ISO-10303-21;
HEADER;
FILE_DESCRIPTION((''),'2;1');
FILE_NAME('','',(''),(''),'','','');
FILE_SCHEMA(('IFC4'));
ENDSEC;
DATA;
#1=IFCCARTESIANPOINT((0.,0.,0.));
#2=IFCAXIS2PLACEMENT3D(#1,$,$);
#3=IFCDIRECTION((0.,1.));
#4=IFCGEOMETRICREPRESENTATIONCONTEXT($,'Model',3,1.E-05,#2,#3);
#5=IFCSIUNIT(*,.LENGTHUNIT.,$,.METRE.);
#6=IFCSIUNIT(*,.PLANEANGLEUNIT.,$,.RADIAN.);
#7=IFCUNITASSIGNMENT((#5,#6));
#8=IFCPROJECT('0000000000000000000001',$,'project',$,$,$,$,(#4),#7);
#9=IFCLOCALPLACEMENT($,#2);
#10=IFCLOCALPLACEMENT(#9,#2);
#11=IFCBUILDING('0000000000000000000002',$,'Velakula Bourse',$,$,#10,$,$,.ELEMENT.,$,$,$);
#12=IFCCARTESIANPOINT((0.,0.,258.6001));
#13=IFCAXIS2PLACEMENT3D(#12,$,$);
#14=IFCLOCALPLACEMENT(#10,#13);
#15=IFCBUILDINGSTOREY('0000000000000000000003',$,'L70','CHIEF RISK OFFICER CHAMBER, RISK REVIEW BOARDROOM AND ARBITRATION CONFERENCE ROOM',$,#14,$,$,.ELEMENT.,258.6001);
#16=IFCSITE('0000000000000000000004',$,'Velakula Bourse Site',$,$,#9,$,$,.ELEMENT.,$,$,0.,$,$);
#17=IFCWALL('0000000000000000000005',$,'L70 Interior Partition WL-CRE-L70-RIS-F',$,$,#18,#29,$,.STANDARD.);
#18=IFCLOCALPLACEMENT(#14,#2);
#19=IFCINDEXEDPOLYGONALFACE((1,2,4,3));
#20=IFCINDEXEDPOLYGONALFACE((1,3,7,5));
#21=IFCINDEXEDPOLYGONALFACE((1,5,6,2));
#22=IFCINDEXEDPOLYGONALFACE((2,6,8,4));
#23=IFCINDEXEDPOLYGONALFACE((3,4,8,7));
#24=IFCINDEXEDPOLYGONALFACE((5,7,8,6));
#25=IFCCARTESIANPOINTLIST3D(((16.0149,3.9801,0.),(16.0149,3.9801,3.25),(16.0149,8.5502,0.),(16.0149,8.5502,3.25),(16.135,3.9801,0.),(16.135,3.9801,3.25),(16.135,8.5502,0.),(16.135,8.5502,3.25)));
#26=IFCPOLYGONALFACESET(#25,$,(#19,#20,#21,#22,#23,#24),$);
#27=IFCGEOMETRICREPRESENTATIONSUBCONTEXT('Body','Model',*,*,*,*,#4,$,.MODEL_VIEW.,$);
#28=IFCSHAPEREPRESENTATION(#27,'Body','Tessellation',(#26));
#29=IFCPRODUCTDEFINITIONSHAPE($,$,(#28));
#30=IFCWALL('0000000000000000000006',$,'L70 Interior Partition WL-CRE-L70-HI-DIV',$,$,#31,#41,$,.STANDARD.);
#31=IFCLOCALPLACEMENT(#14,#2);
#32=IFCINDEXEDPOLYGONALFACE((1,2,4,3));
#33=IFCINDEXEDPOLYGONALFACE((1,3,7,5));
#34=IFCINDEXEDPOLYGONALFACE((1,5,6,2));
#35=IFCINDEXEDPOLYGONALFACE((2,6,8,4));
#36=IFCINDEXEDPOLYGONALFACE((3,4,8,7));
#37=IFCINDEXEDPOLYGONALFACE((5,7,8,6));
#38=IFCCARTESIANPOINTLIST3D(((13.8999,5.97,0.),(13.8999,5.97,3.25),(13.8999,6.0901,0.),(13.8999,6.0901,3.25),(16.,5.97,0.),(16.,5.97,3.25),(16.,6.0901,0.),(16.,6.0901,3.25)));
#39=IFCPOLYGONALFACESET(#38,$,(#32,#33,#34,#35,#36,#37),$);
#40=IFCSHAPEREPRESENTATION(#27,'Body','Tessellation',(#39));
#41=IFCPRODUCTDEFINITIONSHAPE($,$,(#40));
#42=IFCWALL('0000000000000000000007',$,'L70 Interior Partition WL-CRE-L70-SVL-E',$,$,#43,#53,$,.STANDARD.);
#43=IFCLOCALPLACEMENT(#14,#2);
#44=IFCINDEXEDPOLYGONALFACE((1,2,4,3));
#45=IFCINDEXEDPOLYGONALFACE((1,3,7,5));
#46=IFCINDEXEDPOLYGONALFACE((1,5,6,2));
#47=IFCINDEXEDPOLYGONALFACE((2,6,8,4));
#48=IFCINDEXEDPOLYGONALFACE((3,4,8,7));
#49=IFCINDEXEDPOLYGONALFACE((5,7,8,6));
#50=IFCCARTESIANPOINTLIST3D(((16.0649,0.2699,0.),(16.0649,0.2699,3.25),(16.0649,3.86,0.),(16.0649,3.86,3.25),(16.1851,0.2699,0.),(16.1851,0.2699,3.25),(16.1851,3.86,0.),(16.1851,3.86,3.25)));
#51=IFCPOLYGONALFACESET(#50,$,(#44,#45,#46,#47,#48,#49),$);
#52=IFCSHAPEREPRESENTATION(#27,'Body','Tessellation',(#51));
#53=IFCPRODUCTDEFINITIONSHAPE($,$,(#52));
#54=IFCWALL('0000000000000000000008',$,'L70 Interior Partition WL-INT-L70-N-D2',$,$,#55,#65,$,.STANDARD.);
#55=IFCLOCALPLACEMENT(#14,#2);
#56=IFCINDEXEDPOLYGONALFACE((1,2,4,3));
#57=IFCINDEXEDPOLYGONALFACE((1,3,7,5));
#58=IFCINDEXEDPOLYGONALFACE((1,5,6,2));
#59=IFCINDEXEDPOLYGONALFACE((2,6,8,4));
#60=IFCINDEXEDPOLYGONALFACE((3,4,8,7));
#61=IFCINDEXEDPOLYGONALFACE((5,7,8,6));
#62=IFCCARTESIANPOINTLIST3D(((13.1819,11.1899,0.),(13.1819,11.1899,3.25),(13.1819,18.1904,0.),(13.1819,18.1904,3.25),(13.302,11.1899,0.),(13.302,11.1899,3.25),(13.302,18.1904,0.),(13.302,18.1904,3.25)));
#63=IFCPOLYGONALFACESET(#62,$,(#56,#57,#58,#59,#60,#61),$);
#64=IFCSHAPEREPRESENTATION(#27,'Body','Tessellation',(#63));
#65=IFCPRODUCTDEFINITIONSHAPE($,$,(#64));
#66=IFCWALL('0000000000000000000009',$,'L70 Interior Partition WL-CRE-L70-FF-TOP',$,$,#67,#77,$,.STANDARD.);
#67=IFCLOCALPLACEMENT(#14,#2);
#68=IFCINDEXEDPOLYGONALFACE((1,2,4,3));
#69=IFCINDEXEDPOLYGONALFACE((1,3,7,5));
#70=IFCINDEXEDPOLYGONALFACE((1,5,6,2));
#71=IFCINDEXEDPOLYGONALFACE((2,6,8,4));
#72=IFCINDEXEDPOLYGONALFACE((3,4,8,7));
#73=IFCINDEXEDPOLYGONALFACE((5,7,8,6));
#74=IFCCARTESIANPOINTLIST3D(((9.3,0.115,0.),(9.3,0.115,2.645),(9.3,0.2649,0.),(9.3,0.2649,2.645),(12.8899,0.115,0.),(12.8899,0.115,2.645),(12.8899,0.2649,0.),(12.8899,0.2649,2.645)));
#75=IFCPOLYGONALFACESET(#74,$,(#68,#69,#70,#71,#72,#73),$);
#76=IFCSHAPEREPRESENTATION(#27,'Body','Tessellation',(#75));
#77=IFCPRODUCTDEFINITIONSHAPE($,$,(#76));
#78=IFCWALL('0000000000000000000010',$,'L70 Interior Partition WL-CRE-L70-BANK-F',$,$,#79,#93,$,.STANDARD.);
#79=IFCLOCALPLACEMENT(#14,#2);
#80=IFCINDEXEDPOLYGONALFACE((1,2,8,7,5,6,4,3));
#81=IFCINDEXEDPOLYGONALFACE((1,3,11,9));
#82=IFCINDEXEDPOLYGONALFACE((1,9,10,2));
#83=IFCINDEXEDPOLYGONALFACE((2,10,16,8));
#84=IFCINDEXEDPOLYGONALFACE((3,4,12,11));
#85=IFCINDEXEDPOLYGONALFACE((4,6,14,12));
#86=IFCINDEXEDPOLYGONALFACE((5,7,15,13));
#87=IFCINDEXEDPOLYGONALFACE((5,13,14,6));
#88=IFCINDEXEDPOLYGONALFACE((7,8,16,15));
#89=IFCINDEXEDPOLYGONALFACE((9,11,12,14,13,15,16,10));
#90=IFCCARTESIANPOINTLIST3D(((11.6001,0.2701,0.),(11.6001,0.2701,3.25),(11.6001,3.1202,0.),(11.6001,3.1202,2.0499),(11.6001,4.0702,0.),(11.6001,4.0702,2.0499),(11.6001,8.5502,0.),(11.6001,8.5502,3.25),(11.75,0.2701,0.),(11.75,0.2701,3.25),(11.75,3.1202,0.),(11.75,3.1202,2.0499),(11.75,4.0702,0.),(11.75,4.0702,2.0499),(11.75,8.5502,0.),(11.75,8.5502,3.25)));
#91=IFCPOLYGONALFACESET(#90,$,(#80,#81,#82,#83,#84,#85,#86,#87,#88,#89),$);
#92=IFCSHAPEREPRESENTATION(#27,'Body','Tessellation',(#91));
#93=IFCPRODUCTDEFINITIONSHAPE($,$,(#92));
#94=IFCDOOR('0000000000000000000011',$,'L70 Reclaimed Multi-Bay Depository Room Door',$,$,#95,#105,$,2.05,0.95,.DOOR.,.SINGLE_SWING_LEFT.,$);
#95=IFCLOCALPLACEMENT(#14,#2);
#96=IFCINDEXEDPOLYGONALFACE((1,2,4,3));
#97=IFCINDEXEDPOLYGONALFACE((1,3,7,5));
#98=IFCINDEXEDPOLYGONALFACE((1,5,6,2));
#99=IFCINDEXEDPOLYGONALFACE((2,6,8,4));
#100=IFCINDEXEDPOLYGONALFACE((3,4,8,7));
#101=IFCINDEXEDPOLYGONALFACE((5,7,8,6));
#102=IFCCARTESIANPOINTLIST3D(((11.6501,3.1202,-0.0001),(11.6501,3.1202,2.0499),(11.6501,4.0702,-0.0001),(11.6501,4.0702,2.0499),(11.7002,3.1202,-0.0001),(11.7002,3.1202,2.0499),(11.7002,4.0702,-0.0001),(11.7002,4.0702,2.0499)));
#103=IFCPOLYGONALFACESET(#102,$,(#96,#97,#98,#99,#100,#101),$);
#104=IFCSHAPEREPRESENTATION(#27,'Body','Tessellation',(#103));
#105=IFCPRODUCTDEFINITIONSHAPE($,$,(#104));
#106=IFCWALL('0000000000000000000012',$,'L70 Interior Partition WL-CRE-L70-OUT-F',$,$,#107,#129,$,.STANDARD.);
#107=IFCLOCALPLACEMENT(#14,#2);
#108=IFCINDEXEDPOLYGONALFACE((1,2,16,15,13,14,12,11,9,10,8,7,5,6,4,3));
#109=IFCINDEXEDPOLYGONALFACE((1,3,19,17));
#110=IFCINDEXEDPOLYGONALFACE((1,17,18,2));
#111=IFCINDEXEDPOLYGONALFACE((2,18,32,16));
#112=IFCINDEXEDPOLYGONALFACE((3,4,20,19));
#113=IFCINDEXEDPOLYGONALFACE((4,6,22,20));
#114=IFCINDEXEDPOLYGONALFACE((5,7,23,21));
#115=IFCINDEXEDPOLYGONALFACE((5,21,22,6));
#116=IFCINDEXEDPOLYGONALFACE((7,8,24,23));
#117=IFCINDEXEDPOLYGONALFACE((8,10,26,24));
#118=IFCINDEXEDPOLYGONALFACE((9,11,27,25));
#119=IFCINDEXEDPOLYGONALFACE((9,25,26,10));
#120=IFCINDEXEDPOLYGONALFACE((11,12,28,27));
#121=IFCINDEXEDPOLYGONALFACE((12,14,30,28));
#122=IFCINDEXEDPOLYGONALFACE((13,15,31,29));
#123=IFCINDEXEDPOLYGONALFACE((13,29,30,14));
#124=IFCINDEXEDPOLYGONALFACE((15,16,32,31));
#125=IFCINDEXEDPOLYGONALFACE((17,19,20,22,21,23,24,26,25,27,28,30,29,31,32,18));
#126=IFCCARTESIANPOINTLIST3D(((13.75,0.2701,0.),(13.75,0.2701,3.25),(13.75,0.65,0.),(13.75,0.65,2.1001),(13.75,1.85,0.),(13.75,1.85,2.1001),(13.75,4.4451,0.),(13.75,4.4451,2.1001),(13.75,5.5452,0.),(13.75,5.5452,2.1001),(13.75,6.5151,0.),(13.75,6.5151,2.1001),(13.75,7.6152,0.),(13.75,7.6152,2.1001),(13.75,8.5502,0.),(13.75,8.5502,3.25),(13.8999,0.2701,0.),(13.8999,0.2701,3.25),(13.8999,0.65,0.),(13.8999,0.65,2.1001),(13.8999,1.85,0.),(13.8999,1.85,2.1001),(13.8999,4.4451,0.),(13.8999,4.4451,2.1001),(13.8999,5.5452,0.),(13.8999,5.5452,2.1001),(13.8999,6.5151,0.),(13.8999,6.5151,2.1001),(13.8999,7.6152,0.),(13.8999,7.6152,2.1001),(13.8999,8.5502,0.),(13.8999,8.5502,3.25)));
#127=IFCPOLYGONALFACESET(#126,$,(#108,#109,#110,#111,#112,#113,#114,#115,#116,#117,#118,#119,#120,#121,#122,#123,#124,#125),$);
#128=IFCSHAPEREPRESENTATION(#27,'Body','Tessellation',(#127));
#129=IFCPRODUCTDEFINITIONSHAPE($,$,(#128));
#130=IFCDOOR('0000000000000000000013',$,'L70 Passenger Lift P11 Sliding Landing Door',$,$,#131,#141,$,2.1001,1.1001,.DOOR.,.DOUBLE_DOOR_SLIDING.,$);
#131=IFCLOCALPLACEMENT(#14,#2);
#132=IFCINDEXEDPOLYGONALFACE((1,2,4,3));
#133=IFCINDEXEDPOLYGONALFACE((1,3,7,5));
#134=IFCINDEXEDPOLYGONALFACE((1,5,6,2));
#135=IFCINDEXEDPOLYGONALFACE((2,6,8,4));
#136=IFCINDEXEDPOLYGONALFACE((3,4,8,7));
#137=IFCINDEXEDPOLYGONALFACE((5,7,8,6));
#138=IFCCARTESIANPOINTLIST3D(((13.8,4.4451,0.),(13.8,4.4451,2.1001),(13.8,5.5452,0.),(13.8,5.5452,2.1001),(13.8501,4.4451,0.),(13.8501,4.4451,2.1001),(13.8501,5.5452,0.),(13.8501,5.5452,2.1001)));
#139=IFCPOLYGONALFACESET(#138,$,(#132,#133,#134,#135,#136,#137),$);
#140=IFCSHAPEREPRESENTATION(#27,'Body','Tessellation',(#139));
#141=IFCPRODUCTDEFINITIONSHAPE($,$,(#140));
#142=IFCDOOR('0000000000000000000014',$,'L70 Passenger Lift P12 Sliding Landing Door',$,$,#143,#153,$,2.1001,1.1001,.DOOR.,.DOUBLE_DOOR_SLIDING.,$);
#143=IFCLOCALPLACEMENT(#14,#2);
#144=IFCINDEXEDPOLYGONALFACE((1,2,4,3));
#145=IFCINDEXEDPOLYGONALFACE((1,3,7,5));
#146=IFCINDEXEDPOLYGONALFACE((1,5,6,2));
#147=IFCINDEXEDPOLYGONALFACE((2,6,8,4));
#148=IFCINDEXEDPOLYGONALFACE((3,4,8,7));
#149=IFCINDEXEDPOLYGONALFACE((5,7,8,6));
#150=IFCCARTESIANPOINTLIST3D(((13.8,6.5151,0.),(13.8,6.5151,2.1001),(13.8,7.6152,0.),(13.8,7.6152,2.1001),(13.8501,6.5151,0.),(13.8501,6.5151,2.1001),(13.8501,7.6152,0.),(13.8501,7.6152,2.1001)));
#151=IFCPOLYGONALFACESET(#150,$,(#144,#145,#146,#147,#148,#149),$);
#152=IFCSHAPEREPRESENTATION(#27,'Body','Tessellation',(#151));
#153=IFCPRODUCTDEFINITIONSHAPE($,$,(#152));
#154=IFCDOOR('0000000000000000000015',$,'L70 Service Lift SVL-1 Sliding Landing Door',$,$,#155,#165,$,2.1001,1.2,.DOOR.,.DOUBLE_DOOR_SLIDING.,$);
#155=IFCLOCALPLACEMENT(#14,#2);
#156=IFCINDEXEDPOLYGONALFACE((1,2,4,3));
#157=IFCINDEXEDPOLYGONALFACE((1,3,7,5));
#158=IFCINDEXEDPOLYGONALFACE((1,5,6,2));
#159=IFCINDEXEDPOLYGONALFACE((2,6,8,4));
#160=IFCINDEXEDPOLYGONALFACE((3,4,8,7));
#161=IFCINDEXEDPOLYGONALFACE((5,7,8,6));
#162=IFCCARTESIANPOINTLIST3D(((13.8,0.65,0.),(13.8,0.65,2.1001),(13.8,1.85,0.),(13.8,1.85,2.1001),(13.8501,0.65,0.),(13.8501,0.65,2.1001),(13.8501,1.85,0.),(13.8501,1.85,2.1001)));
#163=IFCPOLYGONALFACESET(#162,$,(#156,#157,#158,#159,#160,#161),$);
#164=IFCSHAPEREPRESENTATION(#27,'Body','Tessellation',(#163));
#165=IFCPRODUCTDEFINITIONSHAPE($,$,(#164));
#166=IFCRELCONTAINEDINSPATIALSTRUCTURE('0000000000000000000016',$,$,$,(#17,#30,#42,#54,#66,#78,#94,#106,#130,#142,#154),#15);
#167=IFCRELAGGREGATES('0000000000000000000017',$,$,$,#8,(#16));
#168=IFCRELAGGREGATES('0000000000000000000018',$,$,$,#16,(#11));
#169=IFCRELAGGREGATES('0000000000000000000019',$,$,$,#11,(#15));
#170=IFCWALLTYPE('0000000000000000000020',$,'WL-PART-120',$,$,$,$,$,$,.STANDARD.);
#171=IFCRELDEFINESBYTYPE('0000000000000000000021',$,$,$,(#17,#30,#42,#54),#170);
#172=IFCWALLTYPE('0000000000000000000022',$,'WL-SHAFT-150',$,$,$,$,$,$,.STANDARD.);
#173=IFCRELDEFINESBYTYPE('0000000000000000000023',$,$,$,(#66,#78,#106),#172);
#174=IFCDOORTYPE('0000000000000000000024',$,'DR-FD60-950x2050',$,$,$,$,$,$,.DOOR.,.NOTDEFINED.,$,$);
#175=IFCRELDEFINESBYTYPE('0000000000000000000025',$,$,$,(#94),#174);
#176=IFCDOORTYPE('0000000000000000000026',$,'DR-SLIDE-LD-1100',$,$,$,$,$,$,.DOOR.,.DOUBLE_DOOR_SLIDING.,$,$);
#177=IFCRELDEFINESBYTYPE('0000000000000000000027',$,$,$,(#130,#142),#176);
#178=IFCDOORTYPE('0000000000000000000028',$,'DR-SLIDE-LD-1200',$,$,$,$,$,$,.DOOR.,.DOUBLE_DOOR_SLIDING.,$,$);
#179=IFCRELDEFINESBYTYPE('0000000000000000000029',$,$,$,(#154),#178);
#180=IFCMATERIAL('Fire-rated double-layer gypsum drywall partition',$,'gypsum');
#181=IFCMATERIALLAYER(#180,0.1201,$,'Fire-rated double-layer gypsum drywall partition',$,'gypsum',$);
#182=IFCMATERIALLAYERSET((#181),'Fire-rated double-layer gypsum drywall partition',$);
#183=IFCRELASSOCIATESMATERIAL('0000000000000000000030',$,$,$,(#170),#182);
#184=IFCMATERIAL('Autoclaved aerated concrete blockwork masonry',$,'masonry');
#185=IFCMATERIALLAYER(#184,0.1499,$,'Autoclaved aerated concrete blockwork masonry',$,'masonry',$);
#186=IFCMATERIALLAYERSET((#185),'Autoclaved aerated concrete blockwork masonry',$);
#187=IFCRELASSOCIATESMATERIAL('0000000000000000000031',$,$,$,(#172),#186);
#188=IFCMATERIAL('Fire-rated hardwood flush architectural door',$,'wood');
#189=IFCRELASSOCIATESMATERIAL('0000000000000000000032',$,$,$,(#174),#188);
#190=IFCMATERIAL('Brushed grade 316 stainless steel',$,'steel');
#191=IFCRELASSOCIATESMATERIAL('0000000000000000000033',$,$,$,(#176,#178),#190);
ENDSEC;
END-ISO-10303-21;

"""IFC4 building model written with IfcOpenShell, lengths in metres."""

from ifc_helpers import new_model, si_unit, direction, frame, frame_2d, origin, place, context, subcontext, project, spatial, rectangle, extrude, material, layer, layer_set, type_object, element, fill, save


model = new_model("IFC4")

# Units and contexts
model_context = context("Model", 3, precision=1e-05, world=origin(), true_north=direction((0.0, 1.0)))
body_context = subcontext(model_context, "Body", "Model", "MODEL_VIEW")
ifc_project = project(units=[si_unit("LENGTHUNIT", "METRE"), si_unit("PLANEANGLEUNIT", "RADIAN")], contexts=[model_context])

# Site, building, storey
site_placement = place(None, origin())
site = spatial("IfcSite", under=ifc_project, at=site_placement, Name="Velakula Bourse Site", CompositionType="ELEMENT", RefElevation=0.0)
building_placement = place(site_placement, origin())
building = spatial("IfcBuilding", under=site, at=building_placement, Name="Velakula Bourse", CompositionType="ELEMENT")
storey_placement = place(building_placement, frame((0.0, 0.0, 258.6001)))
storey = spatial("IfcBuildingStorey", under=building, at=storey_placement, Name="L70", Description="CHIEF RISK OFFICER CHAMBER, RISK REVIEW BOARDROOM AND ARBITRATION CONFERENCE ROOM", CompositionType="ELEMENT", Elevation=258.6001)

# Walls
ifc_material_1 = material(Name="Fire-rated double-layer gypsum drywall partition", Category="gypsum")
ifc_layer_1 = layer(ifc_material_1, 0.1201, Name="Fire-rated double-layer gypsum drywall partition", Category="gypsum")
ifc_layer_set_1 = layer_set([ifc_layer_1], Name="Fire-rated double-layer gypsum drywall partition")
wall_type_1 = type_object("IfcWallType", Name="WL-PART-120", PredefinedType="STANDARD", material=ifc_layer_set_1)
wall_1_placement = place(storey_placement, frame((16.075, 3.98, 0.0), z_axis=(0.0, 0.0, 1.0), x_axis=(0.0, 1.0, 0.0)))
element("IfcWall", 1, at=wall_1_placement, inside=storey, type_object=wall_type_1, Name="L70 Interior Partition WL-CRE-L70-RIS-F", PredefinedType="STANDARD", context=body_context, shape_type="SweptSolid", body=[
    extrude(rectangle(XDim=4.5701, YDim=0.1201, at=frame_2d((2.2852, 0.0))), origin(), (0.0, 0.0, 1.0), 3.25),
])
wall_2_placement = place(storey_placement, frame((13.8999, 6.03, 0.0), z_axis=(0.0, 0.0, 1.0), x_axis=(1.0, 0.0, 0.0)))
element("IfcWall", 2, at=wall_2_placement, inside=storey, type_object=wall_type_1, Name="L70 Interior Partition WL-CRE-L70-HI-DIV", PredefinedType="STANDARD", context=body_context, shape_type="SweptSolid", body=[
    extrude(rectangle(XDim=2.1001, YDim=0.1201, at=frame_2d((1.05, 0.0))), origin(), (0.0, 0.0, 1.0), 3.25),
])
wall_3_placement = place(storey_placement, frame((16.125, 0.27, 0.0), z_axis=(0.0, 0.0, 1.0), x_axis=(0.0, 1.0, 0.0)))
element("IfcWall", 3, at=wall_3_placement, inside=storey, type_object=wall_type_1, Name="L70 Interior Partition WL-CRE-L70-SVL-E", PredefinedType="STANDARD", context=body_context, shape_type="SweptSolid", body=[
    extrude(rectangle(XDim=3.5901, YDim=0.1201, at=frame_2d((1.7949, 0.0))), origin(), (0.0, 0.0, 1.0), 3.25),
])
wall_4_placement = place(storey_placement, frame((13.2419, 11.1899, 0.0), z_axis=(0.0, 0.0, 1.0), x_axis=(0.0, 1.0, 0.0)))
element("IfcWall", 4, at=wall_4_placement, inside=storey, type_object=wall_type_1, Name="L70 Interior Partition WL-INT-L70-N-D2", PredefinedType="STANDARD", context=body_context, shape_type="SweptSolid", body=[
    extrude(rectangle(XDim=7.0005, YDim=0.1201, at=frame_2d((3.5002, 0.0))), origin(), (0.0, 0.0, 1.0), 3.25),
])
ifc_material_2 = material(Name="Autoclaved aerated concrete blockwork masonry", Category="masonry")
ifc_layer_2 = layer(ifc_material_2, 0.1499, Name="Autoclaved aerated concrete blockwork masonry", Category="masonry")
ifc_layer_set_2 = layer_set([ifc_layer_2], Name="Autoclaved aerated concrete blockwork masonry")
wall_type_2 = type_object("IfcWallType", Name="WL-SHAFT-150", PredefinedType="STANDARD", material=ifc_layer_set_2)
wall_5_placement = place(storey_placement, frame((9.3, 0.1899, 0.0), z_axis=(0.0, 0.0, 1.0), x_axis=(1.0, 0.0, 0.0)))
element("IfcWall", 5, at=wall_5_placement, inside=storey, type_object=wall_type_2, Name="L70 Interior Partition WL-CRE-L70-FF-TOP", PredefinedType="STANDARD", context=body_context, shape_type="SweptSolid", body=[
    extrude(rectangle(XDim=3.5898, YDim=0.1499, at=frame_2d((1.7949, 0.0))), origin(), (0.0, 0.0, 1.0), 2.645),
])

# Wall, opening, door
wall_6_placement = place(storey_placement, frame((11.675, 0.27, 0.0), z_axis=(0.0, 0.0, 1.0), x_axis=(0.0, 1.0, 0.0)))
wall_6 = element("IfcWall", 6, at=wall_6_placement, inside=storey, type_object=wall_type_2, Name="L70 Interior Partition WL-CRE-L70-BANK-F", PredefinedType="STANDARD", context=body_context, shape_type="SweptSolid", body=[
    extrude(rectangle(XDim=8.28, YDim=0.1499, at=frame_2d((4.1401, 0.0))), origin(), (0.0, 0.0, 1.0), 3.25),
])
opening_1_placement = place(wall_6_placement, frame((2.8501, 0.0, 0.0)))
opening_1 = element("IfcOpeningElement", 7, at=opening_1_placement, cuts=wall_6, PredefinedType="OPENING", context=body_context, shape_type="SweptSolid", body=[
    extrude(rectangle(XDim=0.95, YDim=2.05, at=frame_2d((0.4751, 1.0249))), frame((0.0, 0.085, 0.0), z_axis=(0.0, -1.0, 0.0), x_axis=(1.0, 0.0, 0.0)), (0.0, 0.0, 1.0), 0.1699),
])
ifc_material_3 = material(Name="Fire-rated hardwood flush architectural door", Category="wood")
door_type_1 = type_object("IfcDoorType", Name="DR-FD60-950x2050", OperationType="NOTDEFINED", PredefinedType="DOOR", material=ifc_material_3)
door_1_placement = place(opening_1_placement, origin())
door_1 = element("IfcDoor", 8, at=door_1_placement, inside=storey, type_object=door_type_1, Name="L70 Reclaimed Multi-Bay Depository Room Door", OperationType="SINGLE_SWING_LEFT", OverallHeight=2.05, OverallWidth=0.95, PredefinedType="DOOR", context=body_context, shape_type="SweptSolid", body=[
    extrude(rectangle(XDim=0.95, YDim=2.05, at=frame_2d((0.4751, 1.0249))), frame((0.0, 0.0249, 0.0), z_axis=(0.0, -1.0, 0.0), x_axis=(1.0, 0.0, 0.0)), (0.0, 0.0, 1.0), 0.05),
])
fill(opening_1, door_1)

# Wall, openings, doors
wall_7_placement = place(storey_placement, frame((13.825, 0.27, 0.0), z_axis=(0.0, 0.0, 1.0), x_axis=(0.0, 1.0, 0.0)))
wall_7 = element("IfcWall", 9, at=wall_7_placement, inside=storey, type_object=wall_type_2, Name="L70 Interior Partition WL-CRE-L70-OUT-F", PredefinedType="STANDARD", context=body_context, shape_type="SweptSolid", body=[
    extrude(rectangle(XDim=8.28, YDim=0.1499, at=frame_2d((4.1401, 0.0))), origin(), (0.0, 0.0, 1.0), 3.25),
])
opening_2_placement = place(wall_7_placement, frame((4.175, 0.0, 0.0)))
opening_2 = element("IfcOpeningElement", 10, at=opening_2_placement, cuts=wall_7, PredefinedType="OPENING", context=body_context, shape_type="SweptSolid", body=[
    extrude(rectangle(XDim=1.1001, YDim=2.1001, at=frame_2d((0.55, 1.05))), frame((0.0, 0.085, 0.0), z_axis=(0.0, -1.0, 0.0), x_axis=(1.0, 0.0, 0.0)), (0.0, 0.0, 1.0), 0.1699),
])
opening_3_placement = place(wall_7_placement, frame((6.2451, 0.0, 0.0)))
opening_3 = element("IfcOpeningElement", 11, at=opening_3_placement, cuts=wall_7, PredefinedType="OPENING", context=body_context, shape_type="SweptSolid", body=[
    extrude(rectangle(XDim=1.1001, YDim=2.1001, at=frame_2d((0.55, 1.05))), frame((0.0, 0.085, 0.0), z_axis=(0.0, -1.0, 0.0), x_axis=(1.0, 0.0, 0.0)), (0.0, 0.0, 1.0), 0.1699),
])
opening_4_placement = place(wall_7_placement, frame((0.3799, 0.0, 0.0)))
opening_4 = element("IfcOpeningElement", 12, at=opening_4_placement, cuts=wall_7, PredefinedType="OPENING", context=body_context, shape_type="SweptSolid", body=[
    extrude(rectangle(XDim=1.2, YDim=2.1001, at=frame_2d((0.6001, 1.05))), frame((0.0, 0.085, 0.0), z_axis=(0.0, -1.0, 0.0), x_axis=(1.0, 0.0, 0.0)), (0.0, 0.0, 1.0), 0.1699),
])
ifc_material_4 = material(Name="Brushed grade 316 stainless steel", Category="steel")
door_type_2 = type_object("IfcDoorType", Name="DR-SLIDE-LD-1100", OperationType="DOUBLE_DOOR_SLIDING", PredefinedType="DOOR", material=ifc_material_4)
door_2_placement = place(opening_2_placement, origin())
door_2 = element("IfcDoor", 13, at=door_2_placement, inside=storey, type_object=door_type_2, Name="L70 Passenger Lift P11 Sliding Landing Door", OperationType="DOUBLE_DOOR_SLIDING", OverallHeight=2.1001, OverallWidth=1.1001, PredefinedType="DOOR", context=body_context, shape_type="SweptSolid", body=[
    extrude(rectangle(XDim=1.1001, YDim=2.1001, at=frame_2d((0.55, 1.05))), frame((0.0, 0.0249, 0.0), z_axis=(0.0, -1.0, 0.0), x_axis=(1.0, 0.0, 0.0)), (0.0, 0.0, 1.0), 0.05),
])
fill(opening_2, door_2)
door_3_placement = place(opening_3_placement, origin())
door_3 = element("IfcDoor", 14, at=door_3_placement, inside=storey, type_object=door_type_2, Name="L70 Passenger Lift P12 Sliding Landing Door", OperationType="DOUBLE_DOOR_SLIDING", OverallHeight=2.1001, OverallWidth=1.1001, PredefinedType="DOOR", context=body_context, shape_type="SweptSolid", body=[
    extrude(rectangle(XDim=1.1001, YDim=2.1001, at=frame_2d((0.55, 1.05))), frame((0.0, 0.0249, 0.0), z_axis=(0.0, -1.0, 0.0), x_axis=(1.0, 0.0, 0.0)), (0.0, 0.0, 1.0), 0.05),
])
fill(opening_3, door_3)
door_type_3 = type_object("IfcDoorType", Name="DR-SLIDE-LD-1200", OperationType="DOUBLE_DOOR_SLIDING", PredefinedType="DOOR", material=ifc_material_4)
door_4_placement = place(opening_4_placement, origin())
door_4 = element("IfcDoor", 15, at=door_4_placement, inside=storey, type_object=door_type_3, Name="L70 Service Lift SVL-1 Sliding Landing Door", OperationType="DOUBLE_DOOR_SLIDING", OverallHeight=2.1001, OverallWidth=1.2, PredefinedType="DOOR", context=body_context, shape_type="SweptSolid", body=[
    extrude(rectangle(XDim=1.2, YDim=2.1001, at=frame_2d((0.6001, 1.05))), frame((0.0, 0.0249, 0.0), z_axis=(0.0, -1.0, 0.0), x_axis=(1.0, 0.0, 0.0)), (0.0, 0.0, 1.0), 0.05),
])
fill(opening_4, door_4)

save(model, "model.ifc")
